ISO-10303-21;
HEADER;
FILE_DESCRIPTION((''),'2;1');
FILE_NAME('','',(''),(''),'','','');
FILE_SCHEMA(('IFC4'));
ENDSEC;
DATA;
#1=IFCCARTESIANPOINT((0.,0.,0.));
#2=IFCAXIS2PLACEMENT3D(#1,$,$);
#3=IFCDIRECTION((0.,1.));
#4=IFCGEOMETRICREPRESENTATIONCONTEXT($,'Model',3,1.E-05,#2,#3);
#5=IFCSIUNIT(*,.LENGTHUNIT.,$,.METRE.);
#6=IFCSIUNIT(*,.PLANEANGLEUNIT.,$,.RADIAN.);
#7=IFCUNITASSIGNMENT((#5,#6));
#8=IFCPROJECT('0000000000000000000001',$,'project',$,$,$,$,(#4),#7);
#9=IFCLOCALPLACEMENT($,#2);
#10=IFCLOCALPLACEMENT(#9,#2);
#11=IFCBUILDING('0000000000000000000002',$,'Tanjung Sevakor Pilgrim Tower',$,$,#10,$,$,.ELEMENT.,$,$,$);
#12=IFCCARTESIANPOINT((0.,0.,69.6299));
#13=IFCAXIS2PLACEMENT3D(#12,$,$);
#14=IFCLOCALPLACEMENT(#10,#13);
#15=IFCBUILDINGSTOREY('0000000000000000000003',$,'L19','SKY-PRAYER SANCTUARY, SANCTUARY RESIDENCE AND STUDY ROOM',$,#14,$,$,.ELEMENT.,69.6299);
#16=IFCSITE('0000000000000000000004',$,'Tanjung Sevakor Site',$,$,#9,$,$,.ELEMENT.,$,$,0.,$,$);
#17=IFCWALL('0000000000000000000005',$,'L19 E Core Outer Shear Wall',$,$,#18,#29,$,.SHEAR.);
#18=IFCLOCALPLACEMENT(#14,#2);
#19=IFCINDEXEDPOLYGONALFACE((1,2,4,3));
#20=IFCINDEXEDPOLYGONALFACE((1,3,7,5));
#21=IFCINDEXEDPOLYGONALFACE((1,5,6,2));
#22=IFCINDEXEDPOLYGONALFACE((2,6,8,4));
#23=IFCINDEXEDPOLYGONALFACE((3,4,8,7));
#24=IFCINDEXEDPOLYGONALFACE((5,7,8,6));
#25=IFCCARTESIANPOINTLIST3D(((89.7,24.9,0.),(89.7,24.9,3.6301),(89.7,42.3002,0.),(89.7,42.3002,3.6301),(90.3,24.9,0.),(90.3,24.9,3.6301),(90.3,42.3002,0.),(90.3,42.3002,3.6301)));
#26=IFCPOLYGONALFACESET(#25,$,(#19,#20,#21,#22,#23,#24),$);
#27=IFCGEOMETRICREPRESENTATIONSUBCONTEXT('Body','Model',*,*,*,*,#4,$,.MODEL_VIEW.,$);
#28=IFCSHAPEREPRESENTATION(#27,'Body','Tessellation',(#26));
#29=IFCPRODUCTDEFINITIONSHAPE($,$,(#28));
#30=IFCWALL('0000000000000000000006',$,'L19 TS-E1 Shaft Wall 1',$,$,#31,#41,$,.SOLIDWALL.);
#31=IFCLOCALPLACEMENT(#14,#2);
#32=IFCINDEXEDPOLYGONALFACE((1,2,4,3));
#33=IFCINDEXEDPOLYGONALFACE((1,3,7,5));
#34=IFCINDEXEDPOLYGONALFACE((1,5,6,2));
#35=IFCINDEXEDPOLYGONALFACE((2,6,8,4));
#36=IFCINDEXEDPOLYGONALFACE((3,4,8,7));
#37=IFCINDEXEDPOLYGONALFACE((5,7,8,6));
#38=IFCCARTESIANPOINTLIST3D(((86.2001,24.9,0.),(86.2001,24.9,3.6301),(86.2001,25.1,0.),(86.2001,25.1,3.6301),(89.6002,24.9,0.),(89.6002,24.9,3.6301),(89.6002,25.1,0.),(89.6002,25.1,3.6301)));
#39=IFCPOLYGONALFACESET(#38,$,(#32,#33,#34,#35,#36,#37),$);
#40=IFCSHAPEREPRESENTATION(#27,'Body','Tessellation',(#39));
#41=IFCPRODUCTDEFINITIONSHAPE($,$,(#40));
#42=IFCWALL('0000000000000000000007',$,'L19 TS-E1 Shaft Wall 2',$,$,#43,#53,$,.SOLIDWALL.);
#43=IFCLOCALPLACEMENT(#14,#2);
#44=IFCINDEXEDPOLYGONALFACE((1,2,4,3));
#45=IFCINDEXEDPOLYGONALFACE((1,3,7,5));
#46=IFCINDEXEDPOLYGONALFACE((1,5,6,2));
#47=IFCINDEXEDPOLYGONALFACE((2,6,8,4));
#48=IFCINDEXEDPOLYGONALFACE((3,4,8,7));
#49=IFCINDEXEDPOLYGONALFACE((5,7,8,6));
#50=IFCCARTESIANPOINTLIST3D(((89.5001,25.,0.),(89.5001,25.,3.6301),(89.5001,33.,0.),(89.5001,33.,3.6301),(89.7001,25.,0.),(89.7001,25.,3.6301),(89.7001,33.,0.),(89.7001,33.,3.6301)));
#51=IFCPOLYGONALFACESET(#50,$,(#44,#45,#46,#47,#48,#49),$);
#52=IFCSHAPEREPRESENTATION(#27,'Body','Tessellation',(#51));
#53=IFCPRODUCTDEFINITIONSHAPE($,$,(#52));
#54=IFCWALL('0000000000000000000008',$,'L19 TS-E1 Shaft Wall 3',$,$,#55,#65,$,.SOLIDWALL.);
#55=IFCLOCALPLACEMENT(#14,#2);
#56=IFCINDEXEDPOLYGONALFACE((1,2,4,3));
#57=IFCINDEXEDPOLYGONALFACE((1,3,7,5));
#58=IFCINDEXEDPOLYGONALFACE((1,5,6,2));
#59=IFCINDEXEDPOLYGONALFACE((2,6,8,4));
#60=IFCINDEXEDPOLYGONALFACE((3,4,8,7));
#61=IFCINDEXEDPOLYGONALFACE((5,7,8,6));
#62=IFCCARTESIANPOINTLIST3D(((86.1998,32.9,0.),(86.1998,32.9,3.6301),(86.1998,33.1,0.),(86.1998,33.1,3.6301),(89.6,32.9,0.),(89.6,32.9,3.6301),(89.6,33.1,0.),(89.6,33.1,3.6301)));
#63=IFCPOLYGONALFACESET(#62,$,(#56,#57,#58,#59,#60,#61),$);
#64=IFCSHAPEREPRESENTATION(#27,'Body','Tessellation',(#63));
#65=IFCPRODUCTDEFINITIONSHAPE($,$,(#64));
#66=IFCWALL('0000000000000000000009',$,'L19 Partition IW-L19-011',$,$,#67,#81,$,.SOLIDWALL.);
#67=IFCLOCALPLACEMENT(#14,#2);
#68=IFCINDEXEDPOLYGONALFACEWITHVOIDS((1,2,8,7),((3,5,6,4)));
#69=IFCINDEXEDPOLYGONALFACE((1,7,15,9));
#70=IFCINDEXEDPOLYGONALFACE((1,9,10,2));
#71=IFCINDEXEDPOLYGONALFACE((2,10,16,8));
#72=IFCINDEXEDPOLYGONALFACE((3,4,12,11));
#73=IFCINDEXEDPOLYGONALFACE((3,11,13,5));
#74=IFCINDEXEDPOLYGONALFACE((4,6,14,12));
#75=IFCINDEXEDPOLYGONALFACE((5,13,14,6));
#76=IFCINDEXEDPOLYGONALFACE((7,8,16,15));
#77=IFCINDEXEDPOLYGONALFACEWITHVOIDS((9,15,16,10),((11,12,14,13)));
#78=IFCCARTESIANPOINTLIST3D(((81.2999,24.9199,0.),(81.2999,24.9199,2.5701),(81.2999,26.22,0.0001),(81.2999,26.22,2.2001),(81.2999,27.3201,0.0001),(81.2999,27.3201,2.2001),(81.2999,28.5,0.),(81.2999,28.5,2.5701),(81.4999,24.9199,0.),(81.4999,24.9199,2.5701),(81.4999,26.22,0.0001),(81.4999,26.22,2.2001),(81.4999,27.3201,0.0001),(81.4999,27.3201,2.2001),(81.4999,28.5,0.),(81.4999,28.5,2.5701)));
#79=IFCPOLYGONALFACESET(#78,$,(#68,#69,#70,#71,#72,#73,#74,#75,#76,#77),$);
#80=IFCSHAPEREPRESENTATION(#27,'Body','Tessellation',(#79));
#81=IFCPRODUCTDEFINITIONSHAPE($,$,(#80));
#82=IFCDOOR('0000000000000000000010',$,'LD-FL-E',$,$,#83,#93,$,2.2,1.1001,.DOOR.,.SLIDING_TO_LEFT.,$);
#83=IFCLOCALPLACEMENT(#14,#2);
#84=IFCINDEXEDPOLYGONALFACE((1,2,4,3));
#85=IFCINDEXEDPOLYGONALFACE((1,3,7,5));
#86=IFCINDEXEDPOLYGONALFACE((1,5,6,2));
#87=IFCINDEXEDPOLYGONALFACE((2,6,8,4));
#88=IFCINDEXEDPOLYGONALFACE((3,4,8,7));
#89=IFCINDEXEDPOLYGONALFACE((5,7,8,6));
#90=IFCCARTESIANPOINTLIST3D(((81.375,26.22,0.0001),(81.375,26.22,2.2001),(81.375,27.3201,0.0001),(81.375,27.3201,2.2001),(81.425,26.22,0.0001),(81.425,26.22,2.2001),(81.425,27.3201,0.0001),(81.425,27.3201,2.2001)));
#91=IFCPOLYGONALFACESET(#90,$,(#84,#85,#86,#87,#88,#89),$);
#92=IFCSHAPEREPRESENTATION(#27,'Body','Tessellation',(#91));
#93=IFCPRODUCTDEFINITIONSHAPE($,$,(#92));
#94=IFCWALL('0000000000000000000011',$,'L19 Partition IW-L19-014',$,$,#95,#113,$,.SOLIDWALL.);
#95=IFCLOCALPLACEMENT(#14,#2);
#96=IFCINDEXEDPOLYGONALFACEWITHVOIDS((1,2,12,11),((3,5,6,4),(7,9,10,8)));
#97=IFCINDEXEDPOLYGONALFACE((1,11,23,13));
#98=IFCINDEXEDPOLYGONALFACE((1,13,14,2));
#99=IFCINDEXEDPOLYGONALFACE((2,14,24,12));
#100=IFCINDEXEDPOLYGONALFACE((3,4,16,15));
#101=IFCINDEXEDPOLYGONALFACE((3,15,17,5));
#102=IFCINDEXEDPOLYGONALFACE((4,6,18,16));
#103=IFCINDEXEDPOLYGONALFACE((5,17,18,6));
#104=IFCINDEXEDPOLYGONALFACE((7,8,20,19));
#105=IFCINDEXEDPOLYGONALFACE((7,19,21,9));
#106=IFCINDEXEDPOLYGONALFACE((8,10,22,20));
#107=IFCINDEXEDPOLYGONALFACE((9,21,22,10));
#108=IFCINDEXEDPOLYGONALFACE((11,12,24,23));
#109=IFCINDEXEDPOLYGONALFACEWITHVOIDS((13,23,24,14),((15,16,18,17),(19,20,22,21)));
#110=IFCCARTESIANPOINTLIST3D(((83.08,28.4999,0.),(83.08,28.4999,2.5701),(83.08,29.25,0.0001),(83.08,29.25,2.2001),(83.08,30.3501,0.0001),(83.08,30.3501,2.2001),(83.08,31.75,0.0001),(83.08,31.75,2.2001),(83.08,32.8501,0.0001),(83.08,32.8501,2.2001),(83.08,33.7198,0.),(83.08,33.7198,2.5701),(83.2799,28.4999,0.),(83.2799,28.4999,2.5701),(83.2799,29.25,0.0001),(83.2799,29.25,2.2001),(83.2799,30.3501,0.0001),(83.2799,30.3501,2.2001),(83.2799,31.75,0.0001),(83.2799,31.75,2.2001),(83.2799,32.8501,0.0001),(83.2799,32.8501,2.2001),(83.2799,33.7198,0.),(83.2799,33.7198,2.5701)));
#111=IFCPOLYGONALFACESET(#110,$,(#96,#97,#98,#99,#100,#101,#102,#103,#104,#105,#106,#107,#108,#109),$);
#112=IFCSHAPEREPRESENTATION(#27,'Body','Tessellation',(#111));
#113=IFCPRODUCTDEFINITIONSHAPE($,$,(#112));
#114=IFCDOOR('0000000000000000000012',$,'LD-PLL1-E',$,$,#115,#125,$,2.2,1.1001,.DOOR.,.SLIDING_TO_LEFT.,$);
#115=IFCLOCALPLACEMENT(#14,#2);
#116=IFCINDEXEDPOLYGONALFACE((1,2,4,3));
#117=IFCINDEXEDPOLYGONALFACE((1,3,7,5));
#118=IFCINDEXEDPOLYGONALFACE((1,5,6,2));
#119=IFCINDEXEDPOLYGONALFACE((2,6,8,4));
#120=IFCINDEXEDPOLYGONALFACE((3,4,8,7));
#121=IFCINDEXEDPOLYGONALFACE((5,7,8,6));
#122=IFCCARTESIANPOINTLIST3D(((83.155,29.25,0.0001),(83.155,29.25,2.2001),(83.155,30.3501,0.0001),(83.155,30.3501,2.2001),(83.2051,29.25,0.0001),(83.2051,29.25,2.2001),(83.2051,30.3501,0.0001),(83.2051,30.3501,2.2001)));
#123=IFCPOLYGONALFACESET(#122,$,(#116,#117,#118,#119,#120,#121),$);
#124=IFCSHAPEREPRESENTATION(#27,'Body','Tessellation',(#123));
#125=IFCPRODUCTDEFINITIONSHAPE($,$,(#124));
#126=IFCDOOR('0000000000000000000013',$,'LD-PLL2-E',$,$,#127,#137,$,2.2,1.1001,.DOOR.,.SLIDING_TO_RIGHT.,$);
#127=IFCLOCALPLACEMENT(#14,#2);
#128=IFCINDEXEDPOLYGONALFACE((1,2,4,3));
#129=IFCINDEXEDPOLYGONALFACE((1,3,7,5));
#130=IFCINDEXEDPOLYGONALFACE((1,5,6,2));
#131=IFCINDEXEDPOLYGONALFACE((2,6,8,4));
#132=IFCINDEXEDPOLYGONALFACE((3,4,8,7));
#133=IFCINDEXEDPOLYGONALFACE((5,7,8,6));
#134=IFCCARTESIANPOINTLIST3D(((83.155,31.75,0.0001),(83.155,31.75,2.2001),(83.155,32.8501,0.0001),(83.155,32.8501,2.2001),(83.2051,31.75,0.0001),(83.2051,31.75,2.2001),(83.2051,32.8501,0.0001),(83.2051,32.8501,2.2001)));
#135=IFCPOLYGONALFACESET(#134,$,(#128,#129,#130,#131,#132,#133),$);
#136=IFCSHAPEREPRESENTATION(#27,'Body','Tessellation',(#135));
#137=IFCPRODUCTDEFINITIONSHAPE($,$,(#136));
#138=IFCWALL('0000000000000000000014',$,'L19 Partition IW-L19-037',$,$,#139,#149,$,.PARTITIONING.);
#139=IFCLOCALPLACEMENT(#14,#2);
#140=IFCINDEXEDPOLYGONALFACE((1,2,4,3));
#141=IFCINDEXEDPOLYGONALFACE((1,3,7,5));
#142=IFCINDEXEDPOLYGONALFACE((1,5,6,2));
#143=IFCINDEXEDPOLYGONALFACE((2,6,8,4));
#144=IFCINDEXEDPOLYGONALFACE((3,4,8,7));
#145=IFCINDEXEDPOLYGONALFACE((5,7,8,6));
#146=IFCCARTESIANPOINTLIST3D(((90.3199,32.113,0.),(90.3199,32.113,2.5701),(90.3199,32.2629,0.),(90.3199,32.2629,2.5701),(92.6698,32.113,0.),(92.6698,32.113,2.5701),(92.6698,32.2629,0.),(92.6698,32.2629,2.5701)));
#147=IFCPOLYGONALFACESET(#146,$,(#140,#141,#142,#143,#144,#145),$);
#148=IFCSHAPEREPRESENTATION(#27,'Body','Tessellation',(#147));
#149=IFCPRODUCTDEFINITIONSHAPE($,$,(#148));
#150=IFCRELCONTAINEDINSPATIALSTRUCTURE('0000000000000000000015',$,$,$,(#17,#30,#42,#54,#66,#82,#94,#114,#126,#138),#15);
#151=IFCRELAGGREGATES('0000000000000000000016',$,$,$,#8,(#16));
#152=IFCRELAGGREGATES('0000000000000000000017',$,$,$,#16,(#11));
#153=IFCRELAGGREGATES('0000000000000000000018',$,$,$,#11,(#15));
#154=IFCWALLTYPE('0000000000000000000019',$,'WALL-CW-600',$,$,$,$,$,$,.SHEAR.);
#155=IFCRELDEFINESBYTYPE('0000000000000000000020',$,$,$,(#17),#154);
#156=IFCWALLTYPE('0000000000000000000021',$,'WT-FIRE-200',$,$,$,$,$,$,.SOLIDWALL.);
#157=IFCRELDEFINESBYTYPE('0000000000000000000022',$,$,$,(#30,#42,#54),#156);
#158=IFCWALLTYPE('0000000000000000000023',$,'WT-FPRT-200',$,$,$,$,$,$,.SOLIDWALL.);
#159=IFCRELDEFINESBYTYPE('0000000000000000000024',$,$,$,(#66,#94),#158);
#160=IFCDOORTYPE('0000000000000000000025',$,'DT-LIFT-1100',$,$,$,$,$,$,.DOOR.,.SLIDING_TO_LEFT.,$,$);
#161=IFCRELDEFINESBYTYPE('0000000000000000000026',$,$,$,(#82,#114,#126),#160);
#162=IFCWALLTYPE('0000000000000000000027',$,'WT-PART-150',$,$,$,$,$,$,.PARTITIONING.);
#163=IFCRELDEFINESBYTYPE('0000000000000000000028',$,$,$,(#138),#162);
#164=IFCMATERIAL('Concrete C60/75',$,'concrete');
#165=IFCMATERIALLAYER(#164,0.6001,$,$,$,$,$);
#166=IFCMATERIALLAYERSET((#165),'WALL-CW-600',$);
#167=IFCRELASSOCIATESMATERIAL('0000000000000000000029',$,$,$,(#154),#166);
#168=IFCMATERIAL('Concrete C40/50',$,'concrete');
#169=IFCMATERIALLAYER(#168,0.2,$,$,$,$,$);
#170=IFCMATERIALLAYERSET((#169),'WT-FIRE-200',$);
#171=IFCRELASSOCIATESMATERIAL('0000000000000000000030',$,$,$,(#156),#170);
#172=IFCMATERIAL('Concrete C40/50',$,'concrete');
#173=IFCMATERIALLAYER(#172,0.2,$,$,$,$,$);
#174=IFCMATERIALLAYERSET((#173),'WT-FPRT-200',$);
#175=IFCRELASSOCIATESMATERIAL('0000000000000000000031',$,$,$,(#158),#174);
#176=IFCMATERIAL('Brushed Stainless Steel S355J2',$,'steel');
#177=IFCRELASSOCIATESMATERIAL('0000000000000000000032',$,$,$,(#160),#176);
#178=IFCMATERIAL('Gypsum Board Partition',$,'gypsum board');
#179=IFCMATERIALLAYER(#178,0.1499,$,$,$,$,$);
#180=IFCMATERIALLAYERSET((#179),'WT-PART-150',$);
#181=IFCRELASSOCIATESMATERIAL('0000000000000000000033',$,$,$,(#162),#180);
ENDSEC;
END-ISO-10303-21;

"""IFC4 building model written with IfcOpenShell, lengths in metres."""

from ifc_helpers import new_model, si_unit, direction, frame, frame_2d, origin, place, context, subcontext, project, spatial, rectangle, extrude, material, layer, layer_set, type_object, element, fill, save


model = new_model("IFC4")

# Units and contexts
model_context = context("Model", 3, precision=1e-05, world=origin(), true_north=direction((0.0, 1.0)))
body_context = subcontext(model_context, "Body", "Model", "MODEL_VIEW")
ifc_project = project(units=[si_unit("LENGTHUNIT", "METRE"), si_unit("PLANEANGLEUNIT", "RADIAN")], contexts=[model_context])

# Site, building, storey
site_placement = place(None, origin())
site = spatial("IfcSite", under=ifc_project, at=site_placement, Name="Tanjung Sevakor Site", CompositionType="ELEMENT", RefElevation=0.0)
building_placement = place(site_placement, origin())
building = spatial("IfcBuilding", under=site, at=building_placement, Name="Tanjung Sevakor Pilgrim Tower", CompositionType="ELEMENT")
storey_placement = place(building_placement, frame((0.0, 0.0, 69.6299)))
storey = spatial("IfcBuildingStorey", under=building, at=storey_placement, Name="L19", Description="SKY-PRAYER SANCTUARY, SANCTUARY RESIDENCE AND STUDY ROOM", CompositionType="ELEMENT", Elevation=69.6299)

# Wall
ifc_material_1 = material(Name="Concrete C60/75", Category="concrete")
ifc_layer_1 = layer(ifc_material_1, 0.6001)
ifc_layer_set_1 = layer_set([ifc_layer_1], Name="WALL-CW-600")
wall_type_1 = type_object("IfcWallType", Name="WALL-CW-600", PredefinedType="SHEAR", material=ifc_layer_set_1)
wall_1_placement = place(storey_placement, frame((90.0, 24.8999, 0.0), z_axis=(0.0, 0.0, 1.0), x_axis=(0.0, 1.0, 0.0)))
element("IfcWall", 1, at=wall_1_placement, inside=storey, type_object=wall_type_1, Name="L19 E Core Outer Shear Wall", PredefinedType="SHEAR", context=body_context, shape_type="SweptSolid", body=[
    extrude(rectangle(XDim=17.4001, YDim=0.6001, at=frame_2d((8.7002, 0.0))), origin(), (0.0, 0.0, 1.0), 3.6301),
])

# Walls
ifc_material_2 = material(Name="Concrete C40/50", Category="concrete")
ifc_layer_2 = layer(ifc_material_2, 0.2)
ifc_layer_set_2 = layer_set([ifc_layer_2], Name="WT-FIRE-200")
wall_type_2 = type_object("IfcWallType", Name="WT-FIRE-200", PredefinedType="SOLIDWALL", material=ifc_layer_set_2)
wall_2_placement = place(storey_placement, frame((86.2, 25.0, 0.0), z_axis=(0.0, 0.0, 1.0), x_axis=(1.0, 0.0, 0.0)))
element("IfcWall", 2, at=wall_2_placement, inside=storey, type_object=wall_type_2, Name="L19 TS-E1 Shaft Wall 1", PredefinedType="SOLIDWALL", context=body_context, shape_type="SweptSolid", body=[
    extrude(rectangle(XDim=3.4001, YDim=0.2, at=frame_2d((1.7002, 0.0))), origin(), (0.0, 0.0, 1.0), 3.6301),
])
wall_3_placement = place(storey_placement, frame((89.6001, 25.0, 0.0), z_axis=(0.0, 0.0, 1.0), x_axis=(0.0, 1.0, 0.0)))
element("IfcWall", 3, at=wall_3_placement, inside=storey, type_object=wall_type_2, Name="L19 TS-E1 Shaft Wall 2", PredefinedType="SOLIDWALL", context=body_context, shape_type="SweptSolid", body=[
    extrude(rectangle(XDim=8.0, YDim=0.2, at=frame_2d((4.0, 0.0))), origin(), (0.0, 0.0, 1.0), 3.6301),
])
wall_4_placement = place(storey_placement, frame((89.6001, 33.0, 0.0), z_axis=(0.0, 0.0, 1.0), x_axis=(-1.0, 0.0, 0.0)))
element("IfcWall", 4, at=wall_4_placement, inside=storey, type_object=wall_type_2, Name="L19 TS-E1 Shaft Wall 3", PredefinedType="SOLIDWALL", context=body_context, shape_type="SweptSolid", body=[
    extrude(rectangle(XDim=3.4001, YDim=0.2, at=frame_2d((1.7002, 0.0))), origin(), (0.0, 0.0, 1.0), 3.6301),
])

# Wall, opening, door
ifc_material_3 = material(Name="Concrete C40/50", Category="concrete")
ifc_layer_3 = layer(ifc_material_3, 0.2)
ifc_layer_set_3 = layer_set([ifc_layer_3], Name="WT-FPRT-200")
wall_type_3 = type_object("IfcWallType", Name="WT-FPRT-200", PredefinedType="SOLIDWALL", material=ifc_layer_set_3)
wall_5_placement = place(storey_placement, frame((81.3999, 24.9199, 0.0), z_axis=(0.0, 0.0, 1.0), x_axis=(0.0, 1.0, 0.0)))
wall_5 = element("IfcWall", 5, at=wall_5_placement, inside=storey, type_object=wall_type_3, Name="L19 Partition IW-L19-011", PredefinedType="SOLIDWALL", context=body_context, shape_type="SweptSolid", body=[
    extrude(rectangle(XDim=3.5801, YDim=0.2, at=frame_2d((1.79, 0.0))), origin(), (0.0, 0.0, 1.0), 2.5701),
])
opening_1_placement = place(wall_5_placement, frame((1.3, 0.0, 0.0)))
opening_1 = element("IfcOpeningElement", 6, at=opening_1_placement, cuts=wall_5, PredefinedType="OPENING", context=body_context, shape_type="SweptSolid", body=[
    extrude(rectangle(XDim=1.1001, YDim=2.2, at=frame_2d((0.55, 1.1001))), frame((0.0, 0.1099, 0.0), z_axis=(0.0, -1.0, 0.0), x_axis=(1.0, 0.0, 0.0)), (0.0, 0.0, 1.0), 0.22),
])
ifc_material_4 = material(Name="Brushed Stainless Steel S355J2", Category="steel")
door_type_1 = type_object("IfcDoorType", Name="DT-LIFT-1100", OperationType="SLIDING_TO_LEFT", PredefinedType="DOOR", material=ifc_material_4)
door_1_placement = place(opening_1_placement, origin())
door_1 = element("IfcDoor", 7, at=door_1_placement, inside=storey, type_object=door_type_1, Name="LD-FL-E", OperationType="SLIDING_TO_LEFT", OverallHeight=2.2, OverallWidth=1.1001, PredefinedType="DOOR", context=body_context, shape_type="SweptSolid", body=[
    extrude(rectangle(XDim=1.1001, YDim=2.2, at=frame_2d((0.55, 1.1001))), frame((0.0, 0.0249, 0.0), z_axis=(0.0, -1.0, 0.0), x_axis=(1.0, 0.0, 0.0)), (0.0, 0.0, 1.0), 0.05),
])
fill(opening_1, door_1)

# Wall, openings, doors
wall_6_placement = place(storey_placement, frame((83.1799, 28.5, 0.0), z_axis=(0.0, 0.0, 1.0), x_axis=(0.0, 1.0, 0.0)))
wall_6 = element("IfcWall", 8, at=wall_6_placement, inside=storey, type_object=wall_type_3, Name="L19 Partition IW-L19-014", PredefinedType="SOLIDWALL", context=body_context, shape_type="SweptSolid", body=[
    extrude(rectangle(XDim=5.22, YDim=0.2, at=frame_2d((2.6099, 0.0))), origin(), (0.0, 0.0, 1.0), 2.5701),
])
opening_2_placement = place(wall_6_placement, frame((0.75, 0.0, 0.0)))
opening_2 = element("IfcOpeningElement", 9, at=opening_2_placement, cuts=wall_6, PredefinedType="OPENING", context=body_context, shape_type="SweptSolid", body=[
    extrude(rectangle(XDim=1.1001, YDim=2.2, at=frame_2d((0.55, 1.1001))), frame((0.0, 0.1099, 0.0), z_axis=(0.0, -1.0, 0.0), x_axis=(1.0, 0.0, 0.0)), (0.0, 0.0, 1.0), 0.22),
])
opening_3_placement = place(wall_6_placement, frame((3.25, 0.0, 0.0)))
opening_3 = element("IfcOpeningElement", 10, at=opening_3_placement, cuts=wall_6, PredefinedType="OPENING", context=body_context, shape_type="SweptSolid", body=[
    extrude(rectangle(XDim=1.1001, YDim=2.2, at=frame_2d((0.55, 1.1001))), frame((0.0, 0.1099, 0.0), z_axis=(0.0, -1.0, 0.0), x_axis=(1.0, 0.0, 0.0)), (0.0, 0.0, 1.0), 0.22),
])
door_2_placement = place(opening_2_placement, origin())
door_2 = element("IfcDoor", 11, at=door_2_placement, inside=storey, type_object=door_type_1, Name="LD-PLL1-E", OperationType="SLIDING_TO_LEFT", OverallHeight=2.2, OverallWidth=1.1001, PredefinedType="DOOR", context=body_context, shape_type="SweptSolid", body=[
    extrude(rectangle(XDim=1.1001, YDim=2.2, at=frame_2d((0.55, 1.1001))), frame((0.0, 0.0249, 0.0), z_axis=(0.0, -1.0, 0.0), x_axis=(1.0, 0.0, 0.0)), (0.0, 0.0, 1.0), 0.05),
])
fill(opening_2, door_2)
door_3_placement = place(opening_3_placement, origin())
door_3 = element("IfcDoor", 12, at=door_3_placement, inside=storey, type_object=door_type_1, Name="LD-PLL2-E", OperationType="SLIDING_TO_RIGHT", OverallHeight=2.2, OverallWidth=1.1001, PredefinedType="DOOR", context=body_context, shape_type="SweptSolid", body=[
    extrude(rectangle(XDim=1.1001, YDim=2.2, at=frame_2d((0.55, 1.1001))), frame((0.0, 0.0249, 0.0), z_axis=(0.0, -1.0, 0.0), x_axis=(1.0, 0.0, 0.0)), (0.0, 0.0, 1.0), 0.05),
])
fill(opening_3, door_3)

# Wall
ifc_material_5 = material(Name="Gypsum Board Partition", Category="gypsum board")
ifc_layer_4 = layer(ifc_material_5, 0.1499)
ifc_layer_set_4 = layer_set([ifc_layer_4], Name="WT-PART-150")
wall_type_4 = type_object("IfcWallType", Name="WT-PART-150", PredefinedType="PARTITIONING", material=ifc_layer_set_4)
wall_7_placement = place(storey_placement, frame((90.3201, 32.188, 0.0), z_axis=(0.0, 0.0, 1.0), x_axis=(1.0, 0.0, 0.0)))
element("IfcWall", 13, at=wall_7_placement, inside=storey, type_object=wall_type_4, Name="L19 Partition IW-L19-037", PredefinedType="PARTITIONING", context=body_context, shape_type="SweptSolid", body=[
    extrude(rectangle(XDim=2.3499, YDim=0.1499, at=frame_2d((1.1748, 0.0))), origin(), (0.0, 0.0, 1.0), 2.5701),
])

save(model, "model.ifc")
